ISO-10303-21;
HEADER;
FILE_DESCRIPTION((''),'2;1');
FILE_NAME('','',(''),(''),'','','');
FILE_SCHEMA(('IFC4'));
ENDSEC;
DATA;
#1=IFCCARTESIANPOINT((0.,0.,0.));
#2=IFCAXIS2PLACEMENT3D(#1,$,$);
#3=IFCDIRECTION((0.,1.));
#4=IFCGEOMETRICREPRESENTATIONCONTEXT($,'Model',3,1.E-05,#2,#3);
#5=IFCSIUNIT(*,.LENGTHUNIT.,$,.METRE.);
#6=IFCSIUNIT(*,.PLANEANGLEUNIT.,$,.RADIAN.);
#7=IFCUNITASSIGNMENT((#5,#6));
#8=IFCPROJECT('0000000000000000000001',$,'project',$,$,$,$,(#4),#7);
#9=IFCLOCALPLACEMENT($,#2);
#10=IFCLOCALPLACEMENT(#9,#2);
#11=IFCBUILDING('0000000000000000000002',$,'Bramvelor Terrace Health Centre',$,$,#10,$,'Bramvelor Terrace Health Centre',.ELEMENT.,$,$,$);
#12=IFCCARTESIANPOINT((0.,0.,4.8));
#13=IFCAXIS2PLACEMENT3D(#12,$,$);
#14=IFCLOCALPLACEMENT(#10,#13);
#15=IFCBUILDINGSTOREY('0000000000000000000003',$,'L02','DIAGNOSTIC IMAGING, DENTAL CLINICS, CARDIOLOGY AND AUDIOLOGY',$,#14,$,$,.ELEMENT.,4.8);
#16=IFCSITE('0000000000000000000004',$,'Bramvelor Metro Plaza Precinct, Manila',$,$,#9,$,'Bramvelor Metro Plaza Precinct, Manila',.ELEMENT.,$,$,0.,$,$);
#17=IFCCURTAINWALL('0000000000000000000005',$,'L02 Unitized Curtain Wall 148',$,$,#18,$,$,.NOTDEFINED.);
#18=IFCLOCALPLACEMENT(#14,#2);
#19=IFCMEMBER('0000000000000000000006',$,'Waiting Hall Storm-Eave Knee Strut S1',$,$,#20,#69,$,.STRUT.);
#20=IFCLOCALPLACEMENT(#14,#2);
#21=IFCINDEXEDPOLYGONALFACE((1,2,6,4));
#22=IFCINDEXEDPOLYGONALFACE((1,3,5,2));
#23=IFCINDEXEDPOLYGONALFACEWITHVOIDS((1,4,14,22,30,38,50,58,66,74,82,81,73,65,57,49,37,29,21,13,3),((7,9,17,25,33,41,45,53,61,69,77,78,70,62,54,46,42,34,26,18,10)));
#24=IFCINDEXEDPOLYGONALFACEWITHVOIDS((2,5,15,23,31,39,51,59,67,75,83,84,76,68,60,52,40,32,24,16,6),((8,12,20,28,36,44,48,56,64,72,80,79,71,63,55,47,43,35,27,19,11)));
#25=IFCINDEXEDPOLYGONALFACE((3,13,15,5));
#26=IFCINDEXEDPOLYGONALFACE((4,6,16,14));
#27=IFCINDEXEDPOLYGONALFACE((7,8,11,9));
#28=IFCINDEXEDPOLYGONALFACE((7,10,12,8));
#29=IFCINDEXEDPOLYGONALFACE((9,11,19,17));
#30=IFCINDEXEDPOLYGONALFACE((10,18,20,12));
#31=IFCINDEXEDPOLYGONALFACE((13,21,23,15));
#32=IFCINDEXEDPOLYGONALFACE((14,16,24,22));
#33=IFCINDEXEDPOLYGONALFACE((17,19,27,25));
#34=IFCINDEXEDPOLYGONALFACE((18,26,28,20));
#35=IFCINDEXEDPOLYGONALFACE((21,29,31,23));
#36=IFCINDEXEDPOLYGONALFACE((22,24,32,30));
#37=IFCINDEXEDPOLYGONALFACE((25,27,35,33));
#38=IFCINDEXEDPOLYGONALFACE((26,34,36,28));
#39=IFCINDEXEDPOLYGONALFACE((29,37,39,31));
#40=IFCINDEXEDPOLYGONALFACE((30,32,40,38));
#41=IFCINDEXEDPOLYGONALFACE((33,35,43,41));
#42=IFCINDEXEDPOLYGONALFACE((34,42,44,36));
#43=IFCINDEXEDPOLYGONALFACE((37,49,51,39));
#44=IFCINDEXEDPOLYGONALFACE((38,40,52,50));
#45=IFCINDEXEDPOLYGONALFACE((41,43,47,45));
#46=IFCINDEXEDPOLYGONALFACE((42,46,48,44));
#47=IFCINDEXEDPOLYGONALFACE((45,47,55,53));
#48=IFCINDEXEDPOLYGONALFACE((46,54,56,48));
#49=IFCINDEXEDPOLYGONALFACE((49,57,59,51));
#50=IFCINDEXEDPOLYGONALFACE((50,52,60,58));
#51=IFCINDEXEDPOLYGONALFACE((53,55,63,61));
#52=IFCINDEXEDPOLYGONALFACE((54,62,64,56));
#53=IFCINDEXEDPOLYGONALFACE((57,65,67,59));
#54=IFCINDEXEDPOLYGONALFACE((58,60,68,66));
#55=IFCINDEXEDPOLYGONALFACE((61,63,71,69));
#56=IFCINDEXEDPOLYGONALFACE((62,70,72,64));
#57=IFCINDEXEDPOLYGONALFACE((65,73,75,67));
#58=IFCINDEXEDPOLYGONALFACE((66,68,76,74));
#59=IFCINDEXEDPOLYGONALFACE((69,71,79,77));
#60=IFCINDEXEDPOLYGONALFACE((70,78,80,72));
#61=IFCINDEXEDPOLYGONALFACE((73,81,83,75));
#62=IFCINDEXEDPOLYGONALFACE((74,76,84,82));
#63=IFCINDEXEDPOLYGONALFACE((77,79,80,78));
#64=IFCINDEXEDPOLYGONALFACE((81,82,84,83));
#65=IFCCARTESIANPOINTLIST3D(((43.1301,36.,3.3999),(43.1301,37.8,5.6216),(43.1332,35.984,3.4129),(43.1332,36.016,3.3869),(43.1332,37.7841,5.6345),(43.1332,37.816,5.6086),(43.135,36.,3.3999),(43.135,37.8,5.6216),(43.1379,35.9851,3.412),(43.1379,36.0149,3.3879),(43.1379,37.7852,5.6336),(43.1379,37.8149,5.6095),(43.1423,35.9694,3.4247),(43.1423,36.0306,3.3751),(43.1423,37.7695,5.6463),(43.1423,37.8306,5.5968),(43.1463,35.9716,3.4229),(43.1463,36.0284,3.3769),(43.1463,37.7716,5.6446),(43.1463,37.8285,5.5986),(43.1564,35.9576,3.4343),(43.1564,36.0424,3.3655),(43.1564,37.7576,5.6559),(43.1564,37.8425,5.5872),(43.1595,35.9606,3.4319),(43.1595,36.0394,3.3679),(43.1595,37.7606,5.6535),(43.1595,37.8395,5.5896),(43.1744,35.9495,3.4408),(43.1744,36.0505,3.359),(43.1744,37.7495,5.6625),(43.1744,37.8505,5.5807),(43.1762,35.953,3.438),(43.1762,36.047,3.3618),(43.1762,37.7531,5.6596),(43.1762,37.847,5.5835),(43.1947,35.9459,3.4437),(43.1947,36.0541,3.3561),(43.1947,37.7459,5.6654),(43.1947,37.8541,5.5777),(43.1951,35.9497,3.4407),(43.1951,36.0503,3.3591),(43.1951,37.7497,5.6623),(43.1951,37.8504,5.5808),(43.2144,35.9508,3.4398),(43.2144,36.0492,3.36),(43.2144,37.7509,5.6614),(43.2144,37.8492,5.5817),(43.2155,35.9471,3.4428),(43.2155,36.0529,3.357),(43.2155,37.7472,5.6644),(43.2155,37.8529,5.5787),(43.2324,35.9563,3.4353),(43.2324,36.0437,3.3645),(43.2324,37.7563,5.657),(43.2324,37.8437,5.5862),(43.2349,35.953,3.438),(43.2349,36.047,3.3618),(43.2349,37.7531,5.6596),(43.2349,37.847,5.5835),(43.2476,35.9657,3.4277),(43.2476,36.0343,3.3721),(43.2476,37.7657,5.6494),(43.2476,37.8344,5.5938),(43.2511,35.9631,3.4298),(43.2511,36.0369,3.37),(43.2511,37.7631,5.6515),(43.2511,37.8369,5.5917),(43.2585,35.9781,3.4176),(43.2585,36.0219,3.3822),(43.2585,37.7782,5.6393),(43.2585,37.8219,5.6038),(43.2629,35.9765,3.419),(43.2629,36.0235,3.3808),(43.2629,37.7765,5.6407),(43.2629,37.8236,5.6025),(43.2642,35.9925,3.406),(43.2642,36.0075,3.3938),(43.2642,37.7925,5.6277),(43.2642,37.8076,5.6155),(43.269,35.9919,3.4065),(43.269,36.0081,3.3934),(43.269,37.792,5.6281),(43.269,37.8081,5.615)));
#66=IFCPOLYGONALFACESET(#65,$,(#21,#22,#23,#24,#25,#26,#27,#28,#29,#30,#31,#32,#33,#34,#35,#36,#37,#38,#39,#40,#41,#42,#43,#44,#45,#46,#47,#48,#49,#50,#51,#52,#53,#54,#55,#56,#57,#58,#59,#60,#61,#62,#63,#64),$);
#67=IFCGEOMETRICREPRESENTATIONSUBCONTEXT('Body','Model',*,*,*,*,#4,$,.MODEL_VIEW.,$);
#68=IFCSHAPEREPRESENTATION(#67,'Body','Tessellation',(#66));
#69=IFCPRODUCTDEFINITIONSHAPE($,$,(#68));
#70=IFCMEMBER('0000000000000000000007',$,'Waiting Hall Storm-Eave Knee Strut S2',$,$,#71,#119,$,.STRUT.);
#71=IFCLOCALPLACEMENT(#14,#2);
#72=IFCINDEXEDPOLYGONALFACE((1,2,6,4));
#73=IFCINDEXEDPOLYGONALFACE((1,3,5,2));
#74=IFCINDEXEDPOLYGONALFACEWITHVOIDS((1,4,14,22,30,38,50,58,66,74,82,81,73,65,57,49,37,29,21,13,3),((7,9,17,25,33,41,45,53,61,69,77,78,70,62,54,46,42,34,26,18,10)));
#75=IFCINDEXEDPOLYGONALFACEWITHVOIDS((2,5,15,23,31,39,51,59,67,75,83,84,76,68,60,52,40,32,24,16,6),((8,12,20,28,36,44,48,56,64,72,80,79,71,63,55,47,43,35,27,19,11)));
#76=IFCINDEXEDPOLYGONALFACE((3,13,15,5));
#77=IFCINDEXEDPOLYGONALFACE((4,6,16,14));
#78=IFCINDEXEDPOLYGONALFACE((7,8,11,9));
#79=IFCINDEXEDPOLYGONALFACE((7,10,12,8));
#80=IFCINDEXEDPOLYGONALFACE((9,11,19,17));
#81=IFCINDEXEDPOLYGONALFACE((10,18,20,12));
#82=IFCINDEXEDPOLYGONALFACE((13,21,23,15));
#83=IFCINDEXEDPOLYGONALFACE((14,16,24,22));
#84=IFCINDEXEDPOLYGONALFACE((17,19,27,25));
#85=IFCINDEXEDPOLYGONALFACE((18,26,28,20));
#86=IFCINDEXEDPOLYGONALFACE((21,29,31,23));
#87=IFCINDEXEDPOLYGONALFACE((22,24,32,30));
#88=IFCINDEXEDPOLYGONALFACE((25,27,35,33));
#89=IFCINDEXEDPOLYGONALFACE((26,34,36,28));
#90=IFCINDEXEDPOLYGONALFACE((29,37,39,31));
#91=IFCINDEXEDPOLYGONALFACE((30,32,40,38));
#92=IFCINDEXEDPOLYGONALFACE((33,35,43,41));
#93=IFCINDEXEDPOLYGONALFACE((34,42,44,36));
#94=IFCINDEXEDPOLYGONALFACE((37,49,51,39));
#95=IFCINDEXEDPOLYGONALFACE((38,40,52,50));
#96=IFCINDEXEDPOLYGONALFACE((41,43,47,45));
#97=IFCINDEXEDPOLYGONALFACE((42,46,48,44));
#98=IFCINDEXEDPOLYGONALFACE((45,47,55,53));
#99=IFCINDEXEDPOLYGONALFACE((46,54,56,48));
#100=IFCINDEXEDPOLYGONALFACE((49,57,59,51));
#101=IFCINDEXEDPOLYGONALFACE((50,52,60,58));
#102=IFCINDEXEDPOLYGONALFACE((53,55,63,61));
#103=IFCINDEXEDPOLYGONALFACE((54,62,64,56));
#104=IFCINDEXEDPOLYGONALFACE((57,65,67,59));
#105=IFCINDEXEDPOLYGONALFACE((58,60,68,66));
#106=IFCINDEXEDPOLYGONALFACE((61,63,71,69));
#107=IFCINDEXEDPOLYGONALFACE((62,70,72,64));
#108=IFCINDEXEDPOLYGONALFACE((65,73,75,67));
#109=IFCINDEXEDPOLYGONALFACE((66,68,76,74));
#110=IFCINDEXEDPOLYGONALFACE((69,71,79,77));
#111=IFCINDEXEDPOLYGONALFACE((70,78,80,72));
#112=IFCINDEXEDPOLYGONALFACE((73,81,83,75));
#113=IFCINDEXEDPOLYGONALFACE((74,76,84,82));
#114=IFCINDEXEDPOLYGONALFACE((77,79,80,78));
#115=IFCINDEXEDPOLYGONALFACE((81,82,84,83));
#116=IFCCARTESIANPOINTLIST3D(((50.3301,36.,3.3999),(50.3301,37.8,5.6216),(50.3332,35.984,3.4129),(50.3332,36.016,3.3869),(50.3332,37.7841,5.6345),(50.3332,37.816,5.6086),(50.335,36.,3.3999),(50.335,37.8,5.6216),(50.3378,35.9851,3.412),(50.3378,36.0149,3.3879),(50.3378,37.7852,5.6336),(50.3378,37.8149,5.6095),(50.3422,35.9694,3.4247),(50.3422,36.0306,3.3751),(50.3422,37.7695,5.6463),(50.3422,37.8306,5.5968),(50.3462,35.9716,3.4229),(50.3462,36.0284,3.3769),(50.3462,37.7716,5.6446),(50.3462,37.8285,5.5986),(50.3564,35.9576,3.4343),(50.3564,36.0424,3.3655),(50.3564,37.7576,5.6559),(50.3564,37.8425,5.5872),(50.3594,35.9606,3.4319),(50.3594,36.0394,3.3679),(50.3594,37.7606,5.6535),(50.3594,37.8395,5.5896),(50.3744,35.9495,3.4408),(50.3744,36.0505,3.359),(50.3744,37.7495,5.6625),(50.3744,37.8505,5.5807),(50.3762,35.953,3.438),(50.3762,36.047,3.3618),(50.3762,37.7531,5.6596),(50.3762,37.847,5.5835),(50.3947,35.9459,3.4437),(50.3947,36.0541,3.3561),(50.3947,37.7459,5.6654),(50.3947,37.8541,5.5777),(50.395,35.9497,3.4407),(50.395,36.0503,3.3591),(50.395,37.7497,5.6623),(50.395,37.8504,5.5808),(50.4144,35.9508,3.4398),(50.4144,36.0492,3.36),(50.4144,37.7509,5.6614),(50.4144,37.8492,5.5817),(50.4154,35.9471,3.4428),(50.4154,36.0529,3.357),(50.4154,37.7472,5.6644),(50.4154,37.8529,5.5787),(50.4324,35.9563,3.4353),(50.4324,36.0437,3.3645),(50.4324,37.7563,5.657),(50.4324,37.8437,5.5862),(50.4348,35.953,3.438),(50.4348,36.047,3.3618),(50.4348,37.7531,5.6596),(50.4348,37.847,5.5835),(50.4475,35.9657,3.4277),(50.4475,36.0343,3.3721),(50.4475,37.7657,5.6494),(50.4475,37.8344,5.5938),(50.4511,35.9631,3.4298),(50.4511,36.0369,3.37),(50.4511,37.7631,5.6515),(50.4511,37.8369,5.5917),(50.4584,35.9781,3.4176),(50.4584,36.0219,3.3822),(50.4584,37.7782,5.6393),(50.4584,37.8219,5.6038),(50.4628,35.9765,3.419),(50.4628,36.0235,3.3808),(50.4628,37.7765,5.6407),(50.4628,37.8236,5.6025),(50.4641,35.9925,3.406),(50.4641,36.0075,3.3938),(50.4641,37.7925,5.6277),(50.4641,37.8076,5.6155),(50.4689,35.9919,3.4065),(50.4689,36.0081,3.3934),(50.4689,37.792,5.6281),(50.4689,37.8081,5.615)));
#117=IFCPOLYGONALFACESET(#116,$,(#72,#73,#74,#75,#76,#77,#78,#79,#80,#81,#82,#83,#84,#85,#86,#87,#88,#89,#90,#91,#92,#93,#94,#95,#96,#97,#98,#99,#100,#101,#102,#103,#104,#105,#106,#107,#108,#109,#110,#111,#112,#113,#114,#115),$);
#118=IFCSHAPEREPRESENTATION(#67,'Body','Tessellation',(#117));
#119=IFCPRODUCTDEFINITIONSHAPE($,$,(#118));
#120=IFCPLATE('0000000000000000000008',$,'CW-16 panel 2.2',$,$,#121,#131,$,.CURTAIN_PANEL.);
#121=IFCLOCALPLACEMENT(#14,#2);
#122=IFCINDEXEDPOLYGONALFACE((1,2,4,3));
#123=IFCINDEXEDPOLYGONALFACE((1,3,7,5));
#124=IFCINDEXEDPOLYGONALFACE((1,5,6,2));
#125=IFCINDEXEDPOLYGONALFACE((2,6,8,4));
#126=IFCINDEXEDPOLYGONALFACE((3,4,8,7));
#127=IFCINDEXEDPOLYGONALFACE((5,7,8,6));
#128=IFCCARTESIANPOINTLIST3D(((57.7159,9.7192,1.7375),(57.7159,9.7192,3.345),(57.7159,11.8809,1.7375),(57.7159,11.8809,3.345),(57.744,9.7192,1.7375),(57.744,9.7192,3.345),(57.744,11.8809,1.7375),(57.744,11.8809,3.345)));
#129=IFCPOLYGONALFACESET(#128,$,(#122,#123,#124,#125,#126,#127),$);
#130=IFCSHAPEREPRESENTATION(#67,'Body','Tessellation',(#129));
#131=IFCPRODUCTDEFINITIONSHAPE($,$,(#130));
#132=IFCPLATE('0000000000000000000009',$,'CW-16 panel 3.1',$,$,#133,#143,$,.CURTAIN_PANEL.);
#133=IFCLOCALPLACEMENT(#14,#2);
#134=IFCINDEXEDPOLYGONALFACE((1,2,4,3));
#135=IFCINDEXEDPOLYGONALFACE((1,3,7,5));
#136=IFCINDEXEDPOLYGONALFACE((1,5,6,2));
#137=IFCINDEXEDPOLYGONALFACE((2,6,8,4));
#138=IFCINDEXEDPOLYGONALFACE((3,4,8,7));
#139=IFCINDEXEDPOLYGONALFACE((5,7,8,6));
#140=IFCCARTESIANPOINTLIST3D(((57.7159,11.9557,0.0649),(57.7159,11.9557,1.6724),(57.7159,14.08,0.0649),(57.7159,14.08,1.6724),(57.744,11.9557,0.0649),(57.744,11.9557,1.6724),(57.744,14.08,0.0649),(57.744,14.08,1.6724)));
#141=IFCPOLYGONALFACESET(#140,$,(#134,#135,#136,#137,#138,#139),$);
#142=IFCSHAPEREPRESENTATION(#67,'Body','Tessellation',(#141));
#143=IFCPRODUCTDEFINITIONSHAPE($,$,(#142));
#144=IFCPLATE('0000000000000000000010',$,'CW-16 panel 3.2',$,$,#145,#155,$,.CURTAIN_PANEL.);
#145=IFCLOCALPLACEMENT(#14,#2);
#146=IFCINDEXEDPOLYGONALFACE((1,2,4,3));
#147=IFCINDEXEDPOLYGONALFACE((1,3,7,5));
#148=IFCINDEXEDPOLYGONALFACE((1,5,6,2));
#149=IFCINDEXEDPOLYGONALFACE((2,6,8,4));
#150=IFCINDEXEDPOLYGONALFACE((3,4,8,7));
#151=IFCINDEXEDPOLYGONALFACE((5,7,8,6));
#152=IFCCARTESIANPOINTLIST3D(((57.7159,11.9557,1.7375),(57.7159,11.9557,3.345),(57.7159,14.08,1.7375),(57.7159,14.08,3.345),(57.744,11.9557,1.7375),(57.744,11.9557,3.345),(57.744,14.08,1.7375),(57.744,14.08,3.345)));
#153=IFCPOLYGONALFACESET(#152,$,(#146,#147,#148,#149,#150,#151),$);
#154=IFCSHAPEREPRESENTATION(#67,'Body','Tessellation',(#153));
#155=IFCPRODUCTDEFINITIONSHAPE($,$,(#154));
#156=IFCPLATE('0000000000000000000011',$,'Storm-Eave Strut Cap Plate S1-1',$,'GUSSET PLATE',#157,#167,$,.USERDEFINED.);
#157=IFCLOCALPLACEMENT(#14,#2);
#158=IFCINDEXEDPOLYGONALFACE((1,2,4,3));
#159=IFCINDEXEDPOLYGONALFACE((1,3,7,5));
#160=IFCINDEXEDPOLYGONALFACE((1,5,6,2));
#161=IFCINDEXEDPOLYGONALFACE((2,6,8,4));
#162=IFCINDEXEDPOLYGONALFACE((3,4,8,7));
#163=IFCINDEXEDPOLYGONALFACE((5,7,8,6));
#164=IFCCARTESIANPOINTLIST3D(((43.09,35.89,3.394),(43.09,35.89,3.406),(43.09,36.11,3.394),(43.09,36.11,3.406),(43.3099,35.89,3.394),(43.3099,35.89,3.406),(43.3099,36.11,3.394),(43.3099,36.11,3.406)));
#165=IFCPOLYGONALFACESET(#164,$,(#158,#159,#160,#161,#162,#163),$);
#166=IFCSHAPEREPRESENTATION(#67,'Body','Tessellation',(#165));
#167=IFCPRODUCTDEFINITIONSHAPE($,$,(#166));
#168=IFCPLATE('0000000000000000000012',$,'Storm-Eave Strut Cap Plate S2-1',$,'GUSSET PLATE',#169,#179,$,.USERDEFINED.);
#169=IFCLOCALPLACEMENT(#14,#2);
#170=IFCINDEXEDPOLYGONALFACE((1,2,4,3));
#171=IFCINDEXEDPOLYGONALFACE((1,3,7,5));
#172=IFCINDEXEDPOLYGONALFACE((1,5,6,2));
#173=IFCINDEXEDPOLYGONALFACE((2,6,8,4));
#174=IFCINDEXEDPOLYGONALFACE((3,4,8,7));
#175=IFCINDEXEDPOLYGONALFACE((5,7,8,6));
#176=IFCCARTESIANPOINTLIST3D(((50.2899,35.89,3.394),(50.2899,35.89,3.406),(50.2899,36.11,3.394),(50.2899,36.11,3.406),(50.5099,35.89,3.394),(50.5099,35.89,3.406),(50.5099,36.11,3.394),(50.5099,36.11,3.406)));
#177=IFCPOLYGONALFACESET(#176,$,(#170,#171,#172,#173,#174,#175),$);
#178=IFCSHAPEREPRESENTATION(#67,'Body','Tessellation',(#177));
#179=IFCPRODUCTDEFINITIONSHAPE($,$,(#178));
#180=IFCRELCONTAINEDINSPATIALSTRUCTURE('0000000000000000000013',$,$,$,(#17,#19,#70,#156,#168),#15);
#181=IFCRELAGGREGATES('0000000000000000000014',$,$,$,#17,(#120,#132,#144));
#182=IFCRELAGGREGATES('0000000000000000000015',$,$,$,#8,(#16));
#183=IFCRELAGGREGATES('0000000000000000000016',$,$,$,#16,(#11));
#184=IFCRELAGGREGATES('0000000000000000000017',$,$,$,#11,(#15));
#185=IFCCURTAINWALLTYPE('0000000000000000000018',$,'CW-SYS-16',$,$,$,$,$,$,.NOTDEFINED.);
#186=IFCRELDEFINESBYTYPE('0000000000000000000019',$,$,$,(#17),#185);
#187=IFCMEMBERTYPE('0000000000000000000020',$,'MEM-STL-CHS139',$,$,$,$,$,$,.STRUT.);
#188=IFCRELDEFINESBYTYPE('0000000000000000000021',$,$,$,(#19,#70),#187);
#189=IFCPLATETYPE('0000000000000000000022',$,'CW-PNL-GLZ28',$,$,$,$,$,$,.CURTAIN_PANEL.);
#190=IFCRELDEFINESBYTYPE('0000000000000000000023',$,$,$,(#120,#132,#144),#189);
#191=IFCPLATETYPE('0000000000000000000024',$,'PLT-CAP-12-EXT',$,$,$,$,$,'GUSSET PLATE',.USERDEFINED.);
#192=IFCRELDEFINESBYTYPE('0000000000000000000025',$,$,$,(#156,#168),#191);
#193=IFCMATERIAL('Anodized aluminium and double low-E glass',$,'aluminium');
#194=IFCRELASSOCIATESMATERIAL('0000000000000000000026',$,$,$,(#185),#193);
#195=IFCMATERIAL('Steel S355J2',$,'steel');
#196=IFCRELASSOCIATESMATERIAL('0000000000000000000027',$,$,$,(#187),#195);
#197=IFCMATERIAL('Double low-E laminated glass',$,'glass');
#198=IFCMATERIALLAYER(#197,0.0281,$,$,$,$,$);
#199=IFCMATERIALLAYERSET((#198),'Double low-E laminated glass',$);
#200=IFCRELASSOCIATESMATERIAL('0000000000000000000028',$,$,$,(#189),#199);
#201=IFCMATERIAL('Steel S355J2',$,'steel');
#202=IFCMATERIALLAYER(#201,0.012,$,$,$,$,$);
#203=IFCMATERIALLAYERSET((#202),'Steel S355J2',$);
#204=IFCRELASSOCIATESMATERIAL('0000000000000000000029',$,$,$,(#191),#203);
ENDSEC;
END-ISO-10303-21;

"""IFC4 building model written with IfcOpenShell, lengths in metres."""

from ifc_helpers import new_model, si_unit, direction, frame, origin, origin_2d, place, context, subcontext, project, spatial, rectangle, hollow_circle, extrude, material, layer, layer_set, material_profile, profile_set, type_object, element, aggregate, save


model = new_model("IFC4")

# Units and contexts
model_context = context("Model", 3, precision=1e-05, world=origin(), true_north=direction((0.0, 1.0)))
body_context = subcontext(model_context, "Body", "Model", "MODEL_VIEW")
ifc_project = project(units=[si_unit("LENGTHUNIT", "METRE"), si_unit("PLANEANGLEUNIT", "RADIAN")], contexts=[model_context])

# Site, building, storey
site_placement = place(None, origin())
site = spatial("IfcSite", under=ifc_project, at=site_placement, Name="Bramvelor Metro Plaza Precinct, Manila", LongName="Bramvelor Metro Plaza Precinct, Manila", CompositionType="ELEMENT", RefElevation=0.0)
building_placement = place(site_placement, origin())
building = spatial("IfcBuilding", under=site, at=building_placement, Name="Bramvelor Terrace Health Centre", LongName="Bramvelor Terrace Health Centre", CompositionType="ELEMENT")
storey_placement = place(building_placement, frame((0.0, 0.0, 4.8)))
storey = spatial("IfcBuildingStorey", under=building, at=storey_placement, Name="L02", Description="DIAGNOSTIC IMAGING, DENTAL CLINICS, CARDIOLOGY AND AUDIOLOGY", CompositionType="ELEMENT", Elevation=4.8)

# Curtain wall
ifc_material_1 = material(Name="Anodized aluminium and double low-E glass", Category="aluminium")
curtain_wall_type = type_object("IfcCurtainWallType", Name="CW-SYS-16", PredefinedType="NOTDEFINED", material=ifc_material_1)
curtain_wall_placement = place(storey_placement, origin())
curtain_wall = element("IfcCurtainWall", 1, at=curtain_wall_placement, inside=storey, type_object=curtain_wall_type, Name="L02 Unitized Curtain Wall 148", PredefinedType="NOTDEFINED")

# Members
ifc_material_2 = material(Name="Steel S355J2", Category="steel")
ifc_material_profile_1 = material_profile(ifc_material_2, hollow_circle(Radius=0.0698, WallThickness=0.0049, at=origin_2d()), Name="CHS 139.7x5.0")
ifc_profile_set_1 = profile_set([ifc_material_profile_1], Name="Steel S355J2")
member_type_1 = type_object("IfcMemberType", Name="MEM-STL-CHS139", PredefinedType="STRUT", material=ifc_profile_set_1)
for number, where, z_axis, x_axis, name in (
    (2, (43.2, 36.0, 3.3999), (0.0, 0.629525, 0.77698), (-1.0, 0.0, 0.0), "Waiting Hall Storm-Eave Knee Strut S1"),
    (3, (50.3999, 36.0, 3.3999), (0.0, 0.629525, 0.77698), (-1.0, 0.0, 0.0), "Waiting Hall Storm-Eave Knee Strut S2"),
):
    element("IfcMember", number, at=place(storey_placement, frame(where, z_axis=z_axis, x_axis=x_axis)), inside=storey, type_object=member_type_1, Name=name, PredefinedType="STRUT", context=body_context, shape_type="SweptSolid", body=[
        extrude(hollow_circle(Radius=0.0698, WallThickness=0.0049, at=origin_2d()), origin(), (0.0, 0.0, 1.0), 2.8594),
    ])

# Plates
ifc_material_3 = material(Name="Double low-E laminated glass", Category="glass")
ifc_layer_1 = layer(ifc_material_3, 0.0281)
ifc_layer_set_1 = layer_set([ifc_layer_1], Name="Double low-E laminated glass")
plate_type_1 = type_object("IfcPlateType", Name="CW-PNL-GLZ28", PredefinedType="CURTAIN_PANEL", material=ifc_layer_set_1)
plate_1_placement = place(storey_placement, frame((57.73, 10.8, 1.7375), z_axis=(0.0, 0.0, 1.0), x_axis=(0.0, 1.0, 0.0)))
plate_1 = element("IfcPlate", 4, at=plate_1_placement, type_object=plate_type_1, Name="CW-16 panel 2.2", PredefinedType="CURTAIN_PANEL", context=body_context, shape_type="SweptSolid", body=[
    extrude(rectangle(XDim=2.1616, YDim=0.0281, at=origin_2d()), origin(), (0.0, 0.0, 1.0), 1.6074),
])
plate_2_placement = place(storey_placement, frame((57.73, 13.0178, 0.0649), z_axis=(0.0, 0.0, 1.0), x_axis=(0.0, 1.0, 0.0)))
plate_2 = element("IfcPlate", 5, at=plate_2_placement, type_object=plate_type_1, Name="CW-16 panel 3.1", PredefinedType="CURTAIN_PANEL", context=body_context, shape_type="SweptSolid", body=[
    extrude(rectangle(XDim=2.1243, YDim=0.0281, at=origin_2d()), origin(), (0.0, 0.0, 1.0), 1.6074),
])
plate_3_placement = place(storey_placement, frame((57.73, 13.0178, 1.7375), z_axis=(0.0, 0.0, 1.0), x_axis=(0.0, 1.0, 0.0)))
plate_3 = element("IfcPlate", 6, at=plate_3_placement, type_object=plate_type_1, Name="CW-16 panel 3.2", PredefinedType="CURTAIN_PANEL", context=body_context, shape_type="SweptSolid", body=[
    extrude(rectangle(XDim=2.1243, YDim=0.0281, at=origin_2d()), origin(), (0.0, 0.0, 1.0), 1.6074),
])
aggregate(curtain_wall, [plate_1, plate_2, plate_3])

# Plates
ifc_material_4 = material(Name="Steel S355J2", Category="steel")
ifc_layer_2 = layer(ifc_material_4, 0.012)
ifc_layer_set_2 = layer_set([ifc_layer_2], Name="Steel S355J2")
plate_type_2 = type_object("IfcPlateType", Name="PLT-CAP-12-EXT", ElementType="GUSSET PLATE", PredefinedType="USERDEFINED", material=ifc_layer_set_2)
for number, where, z_axis, x_axis, name in (
    (7, (43.2, 36.0, 3.394), (0.0, 0.0, 1.0), (1.0, 0.0, 0.0), "Storm-Eave Strut Cap Plate S1-1"),
    (8, (50.3999, 36.0, 3.394), (0.0, 0.0, 1.0), (1.0, 0.0, 0.0), "Storm-Eave Strut Cap Plate S2-1"),
):
    element("IfcPlate", number, at=place(storey_placement, frame(where, z_axis=z_axis, x_axis=x_axis)), inside=storey, type_object=plate_type_2, Name=name, ObjectType="GUSSET PLATE", PredefinedType="USERDEFINED", context=body_context, shape_type="SweptSolid", body=[
        extrude(rectangle(XDim=0.22, YDim=0.22, at=origin_2d()), origin(), (0.0, 0.0, 1.0), 0.012),
    ])

save(model, "model.ifc")
